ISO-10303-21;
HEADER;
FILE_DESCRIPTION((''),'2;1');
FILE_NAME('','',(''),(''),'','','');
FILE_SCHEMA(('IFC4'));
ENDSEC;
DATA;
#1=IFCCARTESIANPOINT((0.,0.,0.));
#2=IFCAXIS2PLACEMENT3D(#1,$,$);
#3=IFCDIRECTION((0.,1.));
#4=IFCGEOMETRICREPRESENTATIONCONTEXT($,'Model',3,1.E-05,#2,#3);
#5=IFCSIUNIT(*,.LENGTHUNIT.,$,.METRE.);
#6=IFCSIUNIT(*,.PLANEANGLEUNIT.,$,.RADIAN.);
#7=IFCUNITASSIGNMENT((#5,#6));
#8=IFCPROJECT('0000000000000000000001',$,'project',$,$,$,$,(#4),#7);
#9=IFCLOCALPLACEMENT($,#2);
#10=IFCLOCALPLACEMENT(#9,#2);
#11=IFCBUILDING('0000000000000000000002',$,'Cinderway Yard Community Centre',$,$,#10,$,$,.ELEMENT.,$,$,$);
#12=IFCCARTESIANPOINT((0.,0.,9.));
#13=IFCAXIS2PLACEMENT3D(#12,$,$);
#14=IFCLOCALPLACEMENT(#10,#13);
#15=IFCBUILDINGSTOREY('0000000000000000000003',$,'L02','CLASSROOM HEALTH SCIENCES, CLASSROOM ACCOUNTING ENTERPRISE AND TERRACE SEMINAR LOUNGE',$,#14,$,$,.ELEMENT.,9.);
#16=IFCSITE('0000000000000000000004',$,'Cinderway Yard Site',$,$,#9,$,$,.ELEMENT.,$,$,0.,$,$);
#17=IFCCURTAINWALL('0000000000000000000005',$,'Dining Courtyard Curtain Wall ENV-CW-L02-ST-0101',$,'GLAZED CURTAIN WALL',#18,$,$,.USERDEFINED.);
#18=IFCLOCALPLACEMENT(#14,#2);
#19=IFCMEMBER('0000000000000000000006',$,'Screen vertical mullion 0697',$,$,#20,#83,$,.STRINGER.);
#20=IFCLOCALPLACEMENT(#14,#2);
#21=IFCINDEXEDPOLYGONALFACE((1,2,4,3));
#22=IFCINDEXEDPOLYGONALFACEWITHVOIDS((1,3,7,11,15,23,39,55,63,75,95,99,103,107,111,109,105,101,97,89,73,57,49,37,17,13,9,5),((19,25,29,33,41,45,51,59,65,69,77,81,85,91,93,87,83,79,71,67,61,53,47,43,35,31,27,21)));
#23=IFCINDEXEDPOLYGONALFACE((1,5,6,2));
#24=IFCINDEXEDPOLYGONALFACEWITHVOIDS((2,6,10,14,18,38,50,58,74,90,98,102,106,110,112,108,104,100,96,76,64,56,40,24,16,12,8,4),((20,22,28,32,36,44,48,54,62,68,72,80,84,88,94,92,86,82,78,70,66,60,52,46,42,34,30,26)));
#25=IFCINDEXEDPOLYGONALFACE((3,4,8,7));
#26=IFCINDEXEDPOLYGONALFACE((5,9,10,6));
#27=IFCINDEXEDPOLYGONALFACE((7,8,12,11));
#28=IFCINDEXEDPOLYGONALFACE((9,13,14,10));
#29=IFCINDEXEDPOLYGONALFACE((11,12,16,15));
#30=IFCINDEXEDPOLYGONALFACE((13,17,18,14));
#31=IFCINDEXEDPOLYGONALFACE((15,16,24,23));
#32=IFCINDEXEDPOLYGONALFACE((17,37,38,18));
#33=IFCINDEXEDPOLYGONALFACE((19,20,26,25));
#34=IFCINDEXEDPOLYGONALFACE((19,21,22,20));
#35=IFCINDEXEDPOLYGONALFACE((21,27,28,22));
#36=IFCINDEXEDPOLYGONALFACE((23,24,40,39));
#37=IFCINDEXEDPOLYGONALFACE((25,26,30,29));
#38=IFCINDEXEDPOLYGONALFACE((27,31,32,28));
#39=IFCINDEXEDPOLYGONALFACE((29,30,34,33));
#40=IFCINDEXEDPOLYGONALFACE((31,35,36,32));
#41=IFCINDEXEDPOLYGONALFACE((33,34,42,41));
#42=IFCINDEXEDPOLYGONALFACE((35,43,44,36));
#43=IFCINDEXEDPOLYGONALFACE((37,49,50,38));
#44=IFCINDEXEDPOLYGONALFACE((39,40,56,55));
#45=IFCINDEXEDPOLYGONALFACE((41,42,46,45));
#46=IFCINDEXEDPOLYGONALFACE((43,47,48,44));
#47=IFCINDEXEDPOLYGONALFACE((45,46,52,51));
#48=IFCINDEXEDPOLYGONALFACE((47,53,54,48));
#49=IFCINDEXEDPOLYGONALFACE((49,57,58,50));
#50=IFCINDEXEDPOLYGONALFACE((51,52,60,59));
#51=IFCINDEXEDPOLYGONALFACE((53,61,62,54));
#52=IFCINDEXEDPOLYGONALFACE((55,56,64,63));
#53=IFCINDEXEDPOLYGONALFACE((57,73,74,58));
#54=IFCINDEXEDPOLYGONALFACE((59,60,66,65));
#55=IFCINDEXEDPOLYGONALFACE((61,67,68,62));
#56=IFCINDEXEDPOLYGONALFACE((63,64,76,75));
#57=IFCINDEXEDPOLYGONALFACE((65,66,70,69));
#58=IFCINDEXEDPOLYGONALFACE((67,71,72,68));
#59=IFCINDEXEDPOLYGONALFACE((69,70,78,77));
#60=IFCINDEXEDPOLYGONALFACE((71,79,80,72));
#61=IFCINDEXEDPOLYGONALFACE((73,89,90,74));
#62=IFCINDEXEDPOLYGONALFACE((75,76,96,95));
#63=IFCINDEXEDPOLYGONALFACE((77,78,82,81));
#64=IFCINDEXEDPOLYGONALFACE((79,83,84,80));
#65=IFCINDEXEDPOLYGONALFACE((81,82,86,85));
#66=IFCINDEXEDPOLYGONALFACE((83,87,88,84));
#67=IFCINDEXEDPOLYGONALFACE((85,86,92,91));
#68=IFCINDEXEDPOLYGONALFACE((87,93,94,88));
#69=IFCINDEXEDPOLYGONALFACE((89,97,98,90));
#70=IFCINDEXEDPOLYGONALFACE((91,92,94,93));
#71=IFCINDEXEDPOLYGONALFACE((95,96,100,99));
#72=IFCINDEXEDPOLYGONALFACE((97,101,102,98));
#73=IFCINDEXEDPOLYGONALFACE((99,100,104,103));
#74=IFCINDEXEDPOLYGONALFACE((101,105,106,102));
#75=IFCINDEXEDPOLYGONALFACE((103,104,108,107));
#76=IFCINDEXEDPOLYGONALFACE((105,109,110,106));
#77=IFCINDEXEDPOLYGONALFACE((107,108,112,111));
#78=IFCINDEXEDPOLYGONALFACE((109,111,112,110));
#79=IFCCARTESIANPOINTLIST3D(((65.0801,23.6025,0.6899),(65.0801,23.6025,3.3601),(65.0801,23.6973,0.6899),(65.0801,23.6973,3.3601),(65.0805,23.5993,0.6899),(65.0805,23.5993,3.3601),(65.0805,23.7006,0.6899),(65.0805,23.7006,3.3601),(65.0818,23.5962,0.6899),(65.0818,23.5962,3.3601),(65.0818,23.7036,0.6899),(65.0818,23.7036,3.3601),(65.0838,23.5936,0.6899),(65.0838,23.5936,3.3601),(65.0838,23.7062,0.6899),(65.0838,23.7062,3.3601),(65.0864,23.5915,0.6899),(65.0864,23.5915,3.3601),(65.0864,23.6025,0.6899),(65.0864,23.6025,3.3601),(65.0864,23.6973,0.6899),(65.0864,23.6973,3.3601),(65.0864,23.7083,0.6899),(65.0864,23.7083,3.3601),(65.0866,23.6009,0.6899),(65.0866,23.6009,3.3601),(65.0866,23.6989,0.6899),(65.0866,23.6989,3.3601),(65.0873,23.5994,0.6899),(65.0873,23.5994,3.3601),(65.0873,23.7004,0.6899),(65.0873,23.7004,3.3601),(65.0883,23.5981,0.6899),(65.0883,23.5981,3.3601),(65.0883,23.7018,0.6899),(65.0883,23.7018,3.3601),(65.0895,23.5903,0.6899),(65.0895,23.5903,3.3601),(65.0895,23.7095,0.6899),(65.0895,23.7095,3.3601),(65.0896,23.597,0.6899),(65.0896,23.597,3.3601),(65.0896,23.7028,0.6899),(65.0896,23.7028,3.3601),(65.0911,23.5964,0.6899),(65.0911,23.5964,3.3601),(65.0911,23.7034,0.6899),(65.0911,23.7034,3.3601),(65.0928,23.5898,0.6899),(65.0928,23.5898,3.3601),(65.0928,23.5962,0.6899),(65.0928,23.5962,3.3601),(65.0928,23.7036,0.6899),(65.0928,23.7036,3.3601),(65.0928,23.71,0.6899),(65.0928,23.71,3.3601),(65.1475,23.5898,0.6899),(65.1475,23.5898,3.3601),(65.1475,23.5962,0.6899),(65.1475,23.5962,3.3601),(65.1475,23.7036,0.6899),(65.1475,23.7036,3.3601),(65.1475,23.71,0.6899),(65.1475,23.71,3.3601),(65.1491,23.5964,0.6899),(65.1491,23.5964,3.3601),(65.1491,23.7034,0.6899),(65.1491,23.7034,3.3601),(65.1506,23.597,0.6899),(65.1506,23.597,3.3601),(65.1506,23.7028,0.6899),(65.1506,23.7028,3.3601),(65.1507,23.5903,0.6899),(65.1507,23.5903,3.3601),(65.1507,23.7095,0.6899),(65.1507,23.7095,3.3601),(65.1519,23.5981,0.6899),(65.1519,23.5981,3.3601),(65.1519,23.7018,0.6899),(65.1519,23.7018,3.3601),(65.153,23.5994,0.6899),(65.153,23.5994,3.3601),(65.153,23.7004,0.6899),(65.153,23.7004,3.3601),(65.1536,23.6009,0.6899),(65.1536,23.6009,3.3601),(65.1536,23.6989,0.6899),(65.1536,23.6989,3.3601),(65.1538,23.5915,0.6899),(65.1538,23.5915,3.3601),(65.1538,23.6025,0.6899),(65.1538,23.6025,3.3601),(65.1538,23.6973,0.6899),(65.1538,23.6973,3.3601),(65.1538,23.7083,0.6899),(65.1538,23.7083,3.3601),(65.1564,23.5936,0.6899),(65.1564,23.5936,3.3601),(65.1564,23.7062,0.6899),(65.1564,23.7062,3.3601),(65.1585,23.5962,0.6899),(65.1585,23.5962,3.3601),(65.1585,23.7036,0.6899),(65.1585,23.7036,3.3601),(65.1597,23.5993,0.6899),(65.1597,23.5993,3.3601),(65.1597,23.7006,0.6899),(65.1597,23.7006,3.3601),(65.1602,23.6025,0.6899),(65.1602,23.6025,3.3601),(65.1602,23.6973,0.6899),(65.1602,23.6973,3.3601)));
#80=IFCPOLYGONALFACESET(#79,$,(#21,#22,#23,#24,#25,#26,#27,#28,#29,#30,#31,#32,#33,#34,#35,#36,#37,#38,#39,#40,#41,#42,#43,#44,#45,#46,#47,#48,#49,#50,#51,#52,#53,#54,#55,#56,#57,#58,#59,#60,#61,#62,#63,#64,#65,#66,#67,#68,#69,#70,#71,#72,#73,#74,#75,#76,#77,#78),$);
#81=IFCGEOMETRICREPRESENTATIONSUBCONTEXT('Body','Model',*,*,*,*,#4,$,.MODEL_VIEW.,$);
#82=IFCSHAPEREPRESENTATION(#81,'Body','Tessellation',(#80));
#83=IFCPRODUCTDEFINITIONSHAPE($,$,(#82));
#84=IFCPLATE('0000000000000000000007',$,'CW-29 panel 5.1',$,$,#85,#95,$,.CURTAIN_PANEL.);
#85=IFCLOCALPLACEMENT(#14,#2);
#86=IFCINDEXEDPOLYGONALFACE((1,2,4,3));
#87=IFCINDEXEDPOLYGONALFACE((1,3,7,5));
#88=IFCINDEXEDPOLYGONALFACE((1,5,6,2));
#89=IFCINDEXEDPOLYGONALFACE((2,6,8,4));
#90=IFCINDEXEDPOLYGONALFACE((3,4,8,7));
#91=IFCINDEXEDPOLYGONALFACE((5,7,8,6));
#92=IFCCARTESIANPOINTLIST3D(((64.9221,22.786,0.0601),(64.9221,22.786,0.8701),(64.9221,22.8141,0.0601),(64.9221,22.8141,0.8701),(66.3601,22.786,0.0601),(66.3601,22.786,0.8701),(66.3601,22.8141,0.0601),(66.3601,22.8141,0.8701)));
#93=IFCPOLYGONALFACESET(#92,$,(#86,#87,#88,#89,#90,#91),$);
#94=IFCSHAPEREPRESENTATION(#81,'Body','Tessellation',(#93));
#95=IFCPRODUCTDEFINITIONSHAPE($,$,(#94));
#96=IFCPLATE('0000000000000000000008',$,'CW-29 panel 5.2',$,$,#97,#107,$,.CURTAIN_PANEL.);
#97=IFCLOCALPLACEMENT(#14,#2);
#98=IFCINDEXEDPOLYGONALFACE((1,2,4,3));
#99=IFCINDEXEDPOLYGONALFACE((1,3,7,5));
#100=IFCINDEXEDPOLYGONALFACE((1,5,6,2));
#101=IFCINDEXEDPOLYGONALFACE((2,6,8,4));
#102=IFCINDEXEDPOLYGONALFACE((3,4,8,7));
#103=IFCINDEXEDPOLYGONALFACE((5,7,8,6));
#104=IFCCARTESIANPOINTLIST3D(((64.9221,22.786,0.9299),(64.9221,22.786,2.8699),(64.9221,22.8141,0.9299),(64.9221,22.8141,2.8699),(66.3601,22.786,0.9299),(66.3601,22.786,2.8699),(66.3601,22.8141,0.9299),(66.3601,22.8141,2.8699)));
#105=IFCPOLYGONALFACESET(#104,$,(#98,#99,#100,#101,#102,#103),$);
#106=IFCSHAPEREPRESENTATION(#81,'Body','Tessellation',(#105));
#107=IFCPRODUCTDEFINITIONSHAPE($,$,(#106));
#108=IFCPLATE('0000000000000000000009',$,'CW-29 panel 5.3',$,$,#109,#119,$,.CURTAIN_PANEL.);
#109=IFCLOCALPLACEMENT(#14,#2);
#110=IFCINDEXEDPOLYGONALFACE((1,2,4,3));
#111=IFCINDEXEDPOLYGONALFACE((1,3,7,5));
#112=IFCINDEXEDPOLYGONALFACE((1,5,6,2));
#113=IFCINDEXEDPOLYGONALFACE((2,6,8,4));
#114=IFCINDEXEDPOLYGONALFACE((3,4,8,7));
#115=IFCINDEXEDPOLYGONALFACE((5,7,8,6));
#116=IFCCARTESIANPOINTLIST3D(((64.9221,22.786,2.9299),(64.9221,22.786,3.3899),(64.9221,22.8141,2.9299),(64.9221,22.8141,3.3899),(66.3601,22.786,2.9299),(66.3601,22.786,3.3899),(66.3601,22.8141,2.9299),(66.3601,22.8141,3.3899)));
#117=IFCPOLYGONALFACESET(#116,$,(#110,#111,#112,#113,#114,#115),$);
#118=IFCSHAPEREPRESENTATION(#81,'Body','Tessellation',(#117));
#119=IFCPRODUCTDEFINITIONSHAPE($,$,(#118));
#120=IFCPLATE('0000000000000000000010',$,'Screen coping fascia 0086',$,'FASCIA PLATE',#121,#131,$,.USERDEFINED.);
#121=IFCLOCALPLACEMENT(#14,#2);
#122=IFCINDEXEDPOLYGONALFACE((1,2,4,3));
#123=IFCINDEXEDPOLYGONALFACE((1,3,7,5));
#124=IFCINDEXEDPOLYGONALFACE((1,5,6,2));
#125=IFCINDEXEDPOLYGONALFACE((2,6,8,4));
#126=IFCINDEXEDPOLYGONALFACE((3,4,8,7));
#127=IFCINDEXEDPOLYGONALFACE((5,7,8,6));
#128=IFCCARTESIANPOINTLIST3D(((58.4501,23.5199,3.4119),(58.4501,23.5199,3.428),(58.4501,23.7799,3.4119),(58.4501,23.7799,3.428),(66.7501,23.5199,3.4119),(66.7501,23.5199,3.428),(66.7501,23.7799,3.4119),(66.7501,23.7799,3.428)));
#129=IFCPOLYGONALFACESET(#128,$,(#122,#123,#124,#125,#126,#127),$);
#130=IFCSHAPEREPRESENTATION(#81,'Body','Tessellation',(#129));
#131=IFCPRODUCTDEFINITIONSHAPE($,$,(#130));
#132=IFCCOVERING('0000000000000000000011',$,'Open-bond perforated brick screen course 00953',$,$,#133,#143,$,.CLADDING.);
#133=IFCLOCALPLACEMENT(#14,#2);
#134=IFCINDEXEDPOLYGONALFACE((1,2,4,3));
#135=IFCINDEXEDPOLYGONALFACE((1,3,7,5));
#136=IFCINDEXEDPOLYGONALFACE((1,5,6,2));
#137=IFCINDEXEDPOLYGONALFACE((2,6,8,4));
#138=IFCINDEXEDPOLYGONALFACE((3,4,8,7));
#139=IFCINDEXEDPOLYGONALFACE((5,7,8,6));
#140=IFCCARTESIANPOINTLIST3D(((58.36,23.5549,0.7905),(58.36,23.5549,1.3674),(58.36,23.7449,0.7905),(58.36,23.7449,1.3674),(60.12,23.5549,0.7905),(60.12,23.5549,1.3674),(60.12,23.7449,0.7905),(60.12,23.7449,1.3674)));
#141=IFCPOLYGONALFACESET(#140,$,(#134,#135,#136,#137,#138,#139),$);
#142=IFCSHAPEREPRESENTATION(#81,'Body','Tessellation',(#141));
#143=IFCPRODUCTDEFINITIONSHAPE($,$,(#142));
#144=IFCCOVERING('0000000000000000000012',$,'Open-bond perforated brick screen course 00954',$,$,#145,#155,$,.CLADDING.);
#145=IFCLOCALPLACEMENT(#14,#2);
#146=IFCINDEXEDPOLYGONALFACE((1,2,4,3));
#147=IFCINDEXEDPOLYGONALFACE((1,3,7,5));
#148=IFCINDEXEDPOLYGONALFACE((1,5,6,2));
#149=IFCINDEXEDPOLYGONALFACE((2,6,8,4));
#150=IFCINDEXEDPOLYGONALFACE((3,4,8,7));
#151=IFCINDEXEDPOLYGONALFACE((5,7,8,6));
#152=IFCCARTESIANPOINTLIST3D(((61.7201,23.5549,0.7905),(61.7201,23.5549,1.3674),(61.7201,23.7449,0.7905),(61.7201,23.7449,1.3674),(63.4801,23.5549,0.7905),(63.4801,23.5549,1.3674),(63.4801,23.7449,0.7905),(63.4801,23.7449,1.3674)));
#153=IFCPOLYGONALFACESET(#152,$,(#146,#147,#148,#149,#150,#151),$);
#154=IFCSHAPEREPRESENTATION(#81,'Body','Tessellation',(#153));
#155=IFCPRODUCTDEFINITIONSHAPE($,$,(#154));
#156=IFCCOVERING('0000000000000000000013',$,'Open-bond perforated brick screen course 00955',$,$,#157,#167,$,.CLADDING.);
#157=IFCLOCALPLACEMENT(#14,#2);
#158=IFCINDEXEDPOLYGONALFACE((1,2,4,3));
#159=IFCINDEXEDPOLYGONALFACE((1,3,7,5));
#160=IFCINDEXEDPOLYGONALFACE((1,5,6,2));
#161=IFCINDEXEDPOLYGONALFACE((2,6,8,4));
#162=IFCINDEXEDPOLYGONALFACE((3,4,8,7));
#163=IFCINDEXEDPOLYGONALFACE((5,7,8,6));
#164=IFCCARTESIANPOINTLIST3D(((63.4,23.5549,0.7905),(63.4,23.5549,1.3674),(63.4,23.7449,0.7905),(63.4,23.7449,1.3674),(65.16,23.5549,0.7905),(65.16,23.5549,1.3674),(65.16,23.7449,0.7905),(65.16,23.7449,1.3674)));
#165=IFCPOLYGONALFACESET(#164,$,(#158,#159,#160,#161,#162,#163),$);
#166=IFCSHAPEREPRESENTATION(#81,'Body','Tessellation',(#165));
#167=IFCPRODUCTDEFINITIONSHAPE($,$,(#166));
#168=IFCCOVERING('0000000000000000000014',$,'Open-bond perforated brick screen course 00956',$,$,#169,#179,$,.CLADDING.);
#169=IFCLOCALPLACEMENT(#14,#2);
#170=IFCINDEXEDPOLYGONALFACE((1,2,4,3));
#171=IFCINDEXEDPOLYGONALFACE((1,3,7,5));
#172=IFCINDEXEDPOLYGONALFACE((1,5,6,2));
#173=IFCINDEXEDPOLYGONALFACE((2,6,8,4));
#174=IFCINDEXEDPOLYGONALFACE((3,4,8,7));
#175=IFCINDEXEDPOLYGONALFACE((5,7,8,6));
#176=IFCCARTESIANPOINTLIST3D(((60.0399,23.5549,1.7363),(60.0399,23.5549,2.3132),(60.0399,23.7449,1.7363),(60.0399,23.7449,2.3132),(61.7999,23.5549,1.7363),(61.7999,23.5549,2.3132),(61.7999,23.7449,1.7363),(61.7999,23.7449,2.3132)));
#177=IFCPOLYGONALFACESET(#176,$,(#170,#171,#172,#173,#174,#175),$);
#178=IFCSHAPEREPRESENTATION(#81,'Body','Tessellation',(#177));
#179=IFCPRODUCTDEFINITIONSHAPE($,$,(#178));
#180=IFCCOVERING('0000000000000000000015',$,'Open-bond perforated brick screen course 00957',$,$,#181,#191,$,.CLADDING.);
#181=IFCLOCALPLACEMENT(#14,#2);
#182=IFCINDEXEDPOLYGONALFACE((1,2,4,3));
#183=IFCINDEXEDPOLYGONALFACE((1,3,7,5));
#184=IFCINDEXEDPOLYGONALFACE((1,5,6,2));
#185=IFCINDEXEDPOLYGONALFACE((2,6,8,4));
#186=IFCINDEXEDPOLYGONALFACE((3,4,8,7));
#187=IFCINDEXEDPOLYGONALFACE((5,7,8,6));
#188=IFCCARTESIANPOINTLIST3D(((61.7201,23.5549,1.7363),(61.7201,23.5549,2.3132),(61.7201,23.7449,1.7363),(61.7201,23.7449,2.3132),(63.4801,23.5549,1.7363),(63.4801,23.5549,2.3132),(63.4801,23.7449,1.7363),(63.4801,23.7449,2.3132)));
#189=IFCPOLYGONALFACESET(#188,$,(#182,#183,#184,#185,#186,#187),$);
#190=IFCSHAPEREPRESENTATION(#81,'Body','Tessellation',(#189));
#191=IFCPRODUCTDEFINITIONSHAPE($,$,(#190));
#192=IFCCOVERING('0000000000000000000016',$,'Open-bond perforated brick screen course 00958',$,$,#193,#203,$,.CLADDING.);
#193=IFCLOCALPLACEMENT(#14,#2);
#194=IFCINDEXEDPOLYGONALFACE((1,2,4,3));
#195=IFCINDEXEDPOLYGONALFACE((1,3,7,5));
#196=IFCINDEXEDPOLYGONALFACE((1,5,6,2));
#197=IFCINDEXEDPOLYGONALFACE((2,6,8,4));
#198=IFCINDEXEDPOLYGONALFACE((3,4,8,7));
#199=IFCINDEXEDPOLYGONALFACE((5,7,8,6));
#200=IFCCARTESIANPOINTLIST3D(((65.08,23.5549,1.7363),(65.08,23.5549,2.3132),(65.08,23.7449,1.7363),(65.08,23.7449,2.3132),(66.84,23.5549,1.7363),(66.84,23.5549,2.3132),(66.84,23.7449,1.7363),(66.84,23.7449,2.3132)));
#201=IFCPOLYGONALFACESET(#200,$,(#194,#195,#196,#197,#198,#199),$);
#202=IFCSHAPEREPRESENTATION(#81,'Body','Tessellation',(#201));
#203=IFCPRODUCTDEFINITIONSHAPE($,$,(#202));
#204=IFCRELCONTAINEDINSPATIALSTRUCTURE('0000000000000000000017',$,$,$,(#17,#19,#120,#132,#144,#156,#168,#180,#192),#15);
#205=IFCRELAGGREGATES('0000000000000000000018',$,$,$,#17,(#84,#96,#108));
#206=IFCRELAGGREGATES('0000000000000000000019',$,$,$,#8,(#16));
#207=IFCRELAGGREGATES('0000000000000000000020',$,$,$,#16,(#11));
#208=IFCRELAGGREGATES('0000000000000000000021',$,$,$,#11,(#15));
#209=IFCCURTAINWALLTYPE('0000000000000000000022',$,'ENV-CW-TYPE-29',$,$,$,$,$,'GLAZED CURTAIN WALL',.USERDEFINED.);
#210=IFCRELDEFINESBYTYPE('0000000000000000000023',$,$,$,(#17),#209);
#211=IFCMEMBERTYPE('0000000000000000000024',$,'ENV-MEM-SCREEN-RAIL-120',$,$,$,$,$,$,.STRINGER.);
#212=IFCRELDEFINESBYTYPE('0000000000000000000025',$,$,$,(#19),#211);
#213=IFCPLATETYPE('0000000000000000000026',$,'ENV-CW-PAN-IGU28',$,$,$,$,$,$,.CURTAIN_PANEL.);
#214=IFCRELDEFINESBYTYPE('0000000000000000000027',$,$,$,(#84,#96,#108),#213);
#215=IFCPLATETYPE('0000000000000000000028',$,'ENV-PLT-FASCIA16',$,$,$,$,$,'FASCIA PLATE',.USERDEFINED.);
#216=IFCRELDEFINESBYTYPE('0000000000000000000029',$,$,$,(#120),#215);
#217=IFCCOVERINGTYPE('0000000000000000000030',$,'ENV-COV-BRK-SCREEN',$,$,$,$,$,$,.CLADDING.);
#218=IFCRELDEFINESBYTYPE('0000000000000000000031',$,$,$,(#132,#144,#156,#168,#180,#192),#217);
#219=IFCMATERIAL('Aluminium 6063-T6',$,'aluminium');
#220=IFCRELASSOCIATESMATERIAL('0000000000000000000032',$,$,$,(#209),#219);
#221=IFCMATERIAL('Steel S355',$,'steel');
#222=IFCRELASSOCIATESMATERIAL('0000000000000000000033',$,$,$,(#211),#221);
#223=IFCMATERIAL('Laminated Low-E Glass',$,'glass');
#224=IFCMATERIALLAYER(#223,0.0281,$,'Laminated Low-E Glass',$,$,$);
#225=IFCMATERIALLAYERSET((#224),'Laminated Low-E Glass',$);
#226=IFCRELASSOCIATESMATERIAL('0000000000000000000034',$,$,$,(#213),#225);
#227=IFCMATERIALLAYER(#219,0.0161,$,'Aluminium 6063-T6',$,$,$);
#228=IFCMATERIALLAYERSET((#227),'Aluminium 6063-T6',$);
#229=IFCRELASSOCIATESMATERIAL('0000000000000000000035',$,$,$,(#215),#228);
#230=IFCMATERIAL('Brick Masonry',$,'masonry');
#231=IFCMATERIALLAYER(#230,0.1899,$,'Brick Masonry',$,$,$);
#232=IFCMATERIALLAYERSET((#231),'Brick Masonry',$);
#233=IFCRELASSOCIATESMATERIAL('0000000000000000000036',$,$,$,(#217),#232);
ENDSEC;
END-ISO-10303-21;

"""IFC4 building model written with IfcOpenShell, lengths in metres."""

from ifc_helpers import new_model, si_unit, direction, frame, origin, origin_2d, place, context, subcontext, project, spatial, rectangle, hollow_rectangle, extrude, material, layer, layer_set, material_profile, profile_set, type_object, element, aggregate, save


model = new_model("IFC4")

# Units and contexts
model_context = context("Model", 3, precision=1e-05, world=origin(), true_north=direction((0.0, 1.0)))
body_context = subcontext(model_context, "Body", "Model", "MODEL_VIEW")
ifc_project = project(units=[si_unit("LENGTHUNIT", "METRE"), si_unit("PLANEANGLEUNIT", "RADIAN")], contexts=[model_context])

# Site, building, storey
site_placement = place(None, origin())
site = spatial("IfcSite", under=ifc_project, at=site_placement, Name="Cinderway Yard Site", CompositionType="ELEMENT", RefElevation=0.0)
building_placement = place(site_placement, origin())
building = spatial("IfcBuilding", under=site, at=building_placement, Name="Cinderway Yard Community Centre", CompositionType="ELEMENT")
storey_placement = place(building_placement, frame((0.0, 0.0, 9.0)))
storey = spatial("IfcBuildingStorey", under=building, at=storey_placement, Name="L02", Description="CLASSROOM HEALTH SCIENCES, CLASSROOM ACCOUNTING ENTERPRISE AND TERRACE SEMINAR LOUNGE", CompositionType="ELEMENT", Elevation=9.0)

# Curtain wall
ifc_material_1 = material(Name="Aluminium 6063-T6", Category="aluminium")
curtain_wall_type = type_object("IfcCurtainWallType", Name="ENV-CW-TYPE-29", ElementType="GLAZED CURTAIN WALL", PredefinedType="USERDEFINED", material=ifc_material_1)
curtain_wall_placement = place(storey_placement, origin())
curtain_wall = element("IfcCurtainWall", 1, at=curtain_wall_placement, inside=storey, type_object=curtain_wall_type, Name="Dining Courtyard Curtain Wall ENV-CW-L02-ST-0101", ObjectType="GLAZED CURTAIN WALL", PredefinedType="USERDEFINED")

# Member
ifc_material_2 = material(Name="Steel S355", Category="steel")
ifc_material_profile_1 = material_profile(ifc_material_2, hollow_rectangle(XDim=0.0801, YDim=0.1201, WallThickness=0.0063, InnerFilletRadius=0.0063, OuterFilletRadius=0.0127, at=origin_2d()), Name="Steel S355")
ifc_profile_set_1 = profile_set([ifc_material_profile_1], Name="Steel S355")
member_type_1 = type_object("IfcMemberType", Name="ENV-MEM-SCREEN-RAIL-120", PredefinedType="STRINGER", material=ifc_profile_set_1)
for number, where, z_axis, x_axis, name in (
    (2, (65.1201, 23.6499, 0.6899), (0.0, 0.0, 1.0), (1.0, 0.0, 0.0), "Screen vertical mullion 0697"),
):
    element("IfcMember", number, at=place(storey_placement, frame(where, z_axis=z_axis, x_axis=x_axis)), inside=storey, type_object=member_type_1, Name=name, PredefinedType="STRINGER", context=body_context, shape_type="SweptSolid", body=[
        extrude(hollow_rectangle(XDim=0.0801, YDim=0.1201, WallThickness=0.0063, InnerFilletRadius=0.0063, OuterFilletRadius=0.0127, at=origin_2d()), origin(), (0.0, 0.0, 1.0), 2.6702),
    ])

# Plates
ifc_material_3 = material(Name="Laminated Low-E Glass", Category="glass")
ifc_layer_1 = layer(ifc_material_3, 0.0281, Name="Laminated Low-E Glass")
ifc_layer_set_1 = layer_set([ifc_layer_1], Name="Laminated Low-E Glass")
plate_type_1 = type_object("IfcPlateType", Name="ENV-CW-PAN-IGU28", PredefinedType="CURTAIN_PANEL", material=ifc_layer_set_1)
plate_1_placement = place(storey_placement, frame((65.6411, 22.8, 0.0601), z_axis=(0.0, 0.0, 1.0), x_axis=(1.0, 0.0, 0.0)))
plate_1 = element("IfcPlate", 3, at=plate_1_placement, type_object=plate_type_1, Name="CW-29 panel 5.1", PredefinedType="CURTAIN_PANEL", context=body_context, shape_type="SweptSolid", body=[
    extrude(rectangle(XDim=1.438, YDim=0.0281, at=origin_2d()), origin(), (0.0, 0.0, 1.0), 0.8101),
])
plate_2_placement = place(storey_placement, frame((65.6411, 22.8, 0.9299), z_axis=(0.0, 0.0, 1.0), x_axis=(1.0, 0.0, 0.0)))
plate_2 = element("IfcPlate", 4, at=plate_2_placement, type_object=plate_type_1, Name="CW-29 panel 5.2", PredefinedType="CURTAIN_PANEL", context=body_context, shape_type="SweptSolid", body=[
    extrude(rectangle(XDim=1.438, YDim=0.0281, at=origin_2d()), origin(), (0.0, 0.0, 1.0), 1.9399),
])
plate_3_placement = place(storey_placement, frame((65.6411, 22.8, 2.9299), z_axis=(0.0, 0.0, 1.0), x_axis=(1.0, 0.0, 0.0)))
plate_3 = element("IfcPlate", 5, at=plate_3_placement, type_object=plate_type_1, Name="CW-29 panel 5.3", PredefinedType="CURTAIN_PANEL", context=body_context, shape_type="SweptSolid", body=[
    extrude(rectangle(XDim=1.438, YDim=0.0281, at=origin_2d()), origin(), (0.0, 0.0, 1.0), 0.46),
])
aggregate(curtain_wall, [plate_1, plate_2, plate_3])
ifc_layer_2 = layer(ifc_material_1, 0.0161, Name="Aluminium 6063-T6")
ifc_layer_set_2 = layer_set([ifc_layer_2], Name="Aluminium 6063-T6")
plate_type_2 = type_object("IfcPlateType", Name="ENV-PLT-FASCIA16", ElementType="FASCIA PLATE", PredefinedType="USERDEFINED", material=ifc_layer_set_2)
plate_4_placement = place(storey_placement, frame((62.6001, 23.6499, 3.4119), z_axis=(0.0, 0.0, 1.0), x_axis=(1.0, 0.0, 0.0)))
element("IfcPlate", 6, at=plate_4_placement, inside=storey, type_object=plate_type_2, Name="Screen coping fascia 0086", ObjectType="FASCIA PLATE", PredefinedType="USERDEFINED", context=body_context, shape_type="SweptSolid", body=[
    extrude(rectangle(XDim=8.3, YDim=0.26, at=origin_2d()), origin(), (0.0, 0.0, 1.0), 0.0161),
])

# Coverings
ifc_material_4 = material(Name="Brick Masonry", Category="masonry")
ifc_layer_3 = layer(ifc_material_4, 0.1899, Name="Brick Masonry")
ifc_layer_set_3 = layer_set([ifc_layer_3], Name="Brick Masonry")
covering_type = type_object("IfcCoveringType", Name="ENV-COV-BRK-SCREEN", PredefinedType="CLADDING", material=ifc_layer_set_3)
for number, where, z_axis, x_axis, name in (
    (7, (59.24, 23.6499, 0.7905), (0.0, 0.0, 1.0), (1.0, 0.0, 0.0), "Open-bond perforated brick screen course 00953"),
    (8, (62.6001, 23.6499, 0.7905), (0.0, 0.0, 1.0), (1.0, 0.0, 0.0), "Open-bond perforated brick screen course 00954"),
    (9, (64.28, 23.6499, 0.7905), (0.0, 0.0, 1.0), (1.0, 0.0, 0.0), "Open-bond perforated brick screen course 00955"),
    (10, (60.9199, 23.6499, 1.7363), (0.0, 0.0, 1.0), (1.0, 0.0, 0.0), "Open-bond perforated brick screen course 00956"),
    (11, (62.6001, 23.6499, 1.7363), (0.0, 0.0, 1.0), (1.0, 0.0, 0.0), "Open-bond perforated brick screen course 00957"),
    (12, (65.96, 23.6499, 1.7363), (0.0, 0.0, 1.0), (1.0, 0.0, 0.0), "Open-bond perforated brick screen course 00958"),
):
    element("IfcCovering", number, at=place(storey_placement, frame(where, z_axis=z_axis, x_axis=x_axis)), inside=storey, type_object=covering_type, Name=name, PredefinedType="CLADDING", context=body_context, shape_type="SweptSolid", body=[
        extrude(rectangle(XDim=1.76, YDim=0.1899, at=origin_2d()), origin(), (0.0, 0.0, 1.0), 0.5769),
    ])

save(model, "model.ifc")
